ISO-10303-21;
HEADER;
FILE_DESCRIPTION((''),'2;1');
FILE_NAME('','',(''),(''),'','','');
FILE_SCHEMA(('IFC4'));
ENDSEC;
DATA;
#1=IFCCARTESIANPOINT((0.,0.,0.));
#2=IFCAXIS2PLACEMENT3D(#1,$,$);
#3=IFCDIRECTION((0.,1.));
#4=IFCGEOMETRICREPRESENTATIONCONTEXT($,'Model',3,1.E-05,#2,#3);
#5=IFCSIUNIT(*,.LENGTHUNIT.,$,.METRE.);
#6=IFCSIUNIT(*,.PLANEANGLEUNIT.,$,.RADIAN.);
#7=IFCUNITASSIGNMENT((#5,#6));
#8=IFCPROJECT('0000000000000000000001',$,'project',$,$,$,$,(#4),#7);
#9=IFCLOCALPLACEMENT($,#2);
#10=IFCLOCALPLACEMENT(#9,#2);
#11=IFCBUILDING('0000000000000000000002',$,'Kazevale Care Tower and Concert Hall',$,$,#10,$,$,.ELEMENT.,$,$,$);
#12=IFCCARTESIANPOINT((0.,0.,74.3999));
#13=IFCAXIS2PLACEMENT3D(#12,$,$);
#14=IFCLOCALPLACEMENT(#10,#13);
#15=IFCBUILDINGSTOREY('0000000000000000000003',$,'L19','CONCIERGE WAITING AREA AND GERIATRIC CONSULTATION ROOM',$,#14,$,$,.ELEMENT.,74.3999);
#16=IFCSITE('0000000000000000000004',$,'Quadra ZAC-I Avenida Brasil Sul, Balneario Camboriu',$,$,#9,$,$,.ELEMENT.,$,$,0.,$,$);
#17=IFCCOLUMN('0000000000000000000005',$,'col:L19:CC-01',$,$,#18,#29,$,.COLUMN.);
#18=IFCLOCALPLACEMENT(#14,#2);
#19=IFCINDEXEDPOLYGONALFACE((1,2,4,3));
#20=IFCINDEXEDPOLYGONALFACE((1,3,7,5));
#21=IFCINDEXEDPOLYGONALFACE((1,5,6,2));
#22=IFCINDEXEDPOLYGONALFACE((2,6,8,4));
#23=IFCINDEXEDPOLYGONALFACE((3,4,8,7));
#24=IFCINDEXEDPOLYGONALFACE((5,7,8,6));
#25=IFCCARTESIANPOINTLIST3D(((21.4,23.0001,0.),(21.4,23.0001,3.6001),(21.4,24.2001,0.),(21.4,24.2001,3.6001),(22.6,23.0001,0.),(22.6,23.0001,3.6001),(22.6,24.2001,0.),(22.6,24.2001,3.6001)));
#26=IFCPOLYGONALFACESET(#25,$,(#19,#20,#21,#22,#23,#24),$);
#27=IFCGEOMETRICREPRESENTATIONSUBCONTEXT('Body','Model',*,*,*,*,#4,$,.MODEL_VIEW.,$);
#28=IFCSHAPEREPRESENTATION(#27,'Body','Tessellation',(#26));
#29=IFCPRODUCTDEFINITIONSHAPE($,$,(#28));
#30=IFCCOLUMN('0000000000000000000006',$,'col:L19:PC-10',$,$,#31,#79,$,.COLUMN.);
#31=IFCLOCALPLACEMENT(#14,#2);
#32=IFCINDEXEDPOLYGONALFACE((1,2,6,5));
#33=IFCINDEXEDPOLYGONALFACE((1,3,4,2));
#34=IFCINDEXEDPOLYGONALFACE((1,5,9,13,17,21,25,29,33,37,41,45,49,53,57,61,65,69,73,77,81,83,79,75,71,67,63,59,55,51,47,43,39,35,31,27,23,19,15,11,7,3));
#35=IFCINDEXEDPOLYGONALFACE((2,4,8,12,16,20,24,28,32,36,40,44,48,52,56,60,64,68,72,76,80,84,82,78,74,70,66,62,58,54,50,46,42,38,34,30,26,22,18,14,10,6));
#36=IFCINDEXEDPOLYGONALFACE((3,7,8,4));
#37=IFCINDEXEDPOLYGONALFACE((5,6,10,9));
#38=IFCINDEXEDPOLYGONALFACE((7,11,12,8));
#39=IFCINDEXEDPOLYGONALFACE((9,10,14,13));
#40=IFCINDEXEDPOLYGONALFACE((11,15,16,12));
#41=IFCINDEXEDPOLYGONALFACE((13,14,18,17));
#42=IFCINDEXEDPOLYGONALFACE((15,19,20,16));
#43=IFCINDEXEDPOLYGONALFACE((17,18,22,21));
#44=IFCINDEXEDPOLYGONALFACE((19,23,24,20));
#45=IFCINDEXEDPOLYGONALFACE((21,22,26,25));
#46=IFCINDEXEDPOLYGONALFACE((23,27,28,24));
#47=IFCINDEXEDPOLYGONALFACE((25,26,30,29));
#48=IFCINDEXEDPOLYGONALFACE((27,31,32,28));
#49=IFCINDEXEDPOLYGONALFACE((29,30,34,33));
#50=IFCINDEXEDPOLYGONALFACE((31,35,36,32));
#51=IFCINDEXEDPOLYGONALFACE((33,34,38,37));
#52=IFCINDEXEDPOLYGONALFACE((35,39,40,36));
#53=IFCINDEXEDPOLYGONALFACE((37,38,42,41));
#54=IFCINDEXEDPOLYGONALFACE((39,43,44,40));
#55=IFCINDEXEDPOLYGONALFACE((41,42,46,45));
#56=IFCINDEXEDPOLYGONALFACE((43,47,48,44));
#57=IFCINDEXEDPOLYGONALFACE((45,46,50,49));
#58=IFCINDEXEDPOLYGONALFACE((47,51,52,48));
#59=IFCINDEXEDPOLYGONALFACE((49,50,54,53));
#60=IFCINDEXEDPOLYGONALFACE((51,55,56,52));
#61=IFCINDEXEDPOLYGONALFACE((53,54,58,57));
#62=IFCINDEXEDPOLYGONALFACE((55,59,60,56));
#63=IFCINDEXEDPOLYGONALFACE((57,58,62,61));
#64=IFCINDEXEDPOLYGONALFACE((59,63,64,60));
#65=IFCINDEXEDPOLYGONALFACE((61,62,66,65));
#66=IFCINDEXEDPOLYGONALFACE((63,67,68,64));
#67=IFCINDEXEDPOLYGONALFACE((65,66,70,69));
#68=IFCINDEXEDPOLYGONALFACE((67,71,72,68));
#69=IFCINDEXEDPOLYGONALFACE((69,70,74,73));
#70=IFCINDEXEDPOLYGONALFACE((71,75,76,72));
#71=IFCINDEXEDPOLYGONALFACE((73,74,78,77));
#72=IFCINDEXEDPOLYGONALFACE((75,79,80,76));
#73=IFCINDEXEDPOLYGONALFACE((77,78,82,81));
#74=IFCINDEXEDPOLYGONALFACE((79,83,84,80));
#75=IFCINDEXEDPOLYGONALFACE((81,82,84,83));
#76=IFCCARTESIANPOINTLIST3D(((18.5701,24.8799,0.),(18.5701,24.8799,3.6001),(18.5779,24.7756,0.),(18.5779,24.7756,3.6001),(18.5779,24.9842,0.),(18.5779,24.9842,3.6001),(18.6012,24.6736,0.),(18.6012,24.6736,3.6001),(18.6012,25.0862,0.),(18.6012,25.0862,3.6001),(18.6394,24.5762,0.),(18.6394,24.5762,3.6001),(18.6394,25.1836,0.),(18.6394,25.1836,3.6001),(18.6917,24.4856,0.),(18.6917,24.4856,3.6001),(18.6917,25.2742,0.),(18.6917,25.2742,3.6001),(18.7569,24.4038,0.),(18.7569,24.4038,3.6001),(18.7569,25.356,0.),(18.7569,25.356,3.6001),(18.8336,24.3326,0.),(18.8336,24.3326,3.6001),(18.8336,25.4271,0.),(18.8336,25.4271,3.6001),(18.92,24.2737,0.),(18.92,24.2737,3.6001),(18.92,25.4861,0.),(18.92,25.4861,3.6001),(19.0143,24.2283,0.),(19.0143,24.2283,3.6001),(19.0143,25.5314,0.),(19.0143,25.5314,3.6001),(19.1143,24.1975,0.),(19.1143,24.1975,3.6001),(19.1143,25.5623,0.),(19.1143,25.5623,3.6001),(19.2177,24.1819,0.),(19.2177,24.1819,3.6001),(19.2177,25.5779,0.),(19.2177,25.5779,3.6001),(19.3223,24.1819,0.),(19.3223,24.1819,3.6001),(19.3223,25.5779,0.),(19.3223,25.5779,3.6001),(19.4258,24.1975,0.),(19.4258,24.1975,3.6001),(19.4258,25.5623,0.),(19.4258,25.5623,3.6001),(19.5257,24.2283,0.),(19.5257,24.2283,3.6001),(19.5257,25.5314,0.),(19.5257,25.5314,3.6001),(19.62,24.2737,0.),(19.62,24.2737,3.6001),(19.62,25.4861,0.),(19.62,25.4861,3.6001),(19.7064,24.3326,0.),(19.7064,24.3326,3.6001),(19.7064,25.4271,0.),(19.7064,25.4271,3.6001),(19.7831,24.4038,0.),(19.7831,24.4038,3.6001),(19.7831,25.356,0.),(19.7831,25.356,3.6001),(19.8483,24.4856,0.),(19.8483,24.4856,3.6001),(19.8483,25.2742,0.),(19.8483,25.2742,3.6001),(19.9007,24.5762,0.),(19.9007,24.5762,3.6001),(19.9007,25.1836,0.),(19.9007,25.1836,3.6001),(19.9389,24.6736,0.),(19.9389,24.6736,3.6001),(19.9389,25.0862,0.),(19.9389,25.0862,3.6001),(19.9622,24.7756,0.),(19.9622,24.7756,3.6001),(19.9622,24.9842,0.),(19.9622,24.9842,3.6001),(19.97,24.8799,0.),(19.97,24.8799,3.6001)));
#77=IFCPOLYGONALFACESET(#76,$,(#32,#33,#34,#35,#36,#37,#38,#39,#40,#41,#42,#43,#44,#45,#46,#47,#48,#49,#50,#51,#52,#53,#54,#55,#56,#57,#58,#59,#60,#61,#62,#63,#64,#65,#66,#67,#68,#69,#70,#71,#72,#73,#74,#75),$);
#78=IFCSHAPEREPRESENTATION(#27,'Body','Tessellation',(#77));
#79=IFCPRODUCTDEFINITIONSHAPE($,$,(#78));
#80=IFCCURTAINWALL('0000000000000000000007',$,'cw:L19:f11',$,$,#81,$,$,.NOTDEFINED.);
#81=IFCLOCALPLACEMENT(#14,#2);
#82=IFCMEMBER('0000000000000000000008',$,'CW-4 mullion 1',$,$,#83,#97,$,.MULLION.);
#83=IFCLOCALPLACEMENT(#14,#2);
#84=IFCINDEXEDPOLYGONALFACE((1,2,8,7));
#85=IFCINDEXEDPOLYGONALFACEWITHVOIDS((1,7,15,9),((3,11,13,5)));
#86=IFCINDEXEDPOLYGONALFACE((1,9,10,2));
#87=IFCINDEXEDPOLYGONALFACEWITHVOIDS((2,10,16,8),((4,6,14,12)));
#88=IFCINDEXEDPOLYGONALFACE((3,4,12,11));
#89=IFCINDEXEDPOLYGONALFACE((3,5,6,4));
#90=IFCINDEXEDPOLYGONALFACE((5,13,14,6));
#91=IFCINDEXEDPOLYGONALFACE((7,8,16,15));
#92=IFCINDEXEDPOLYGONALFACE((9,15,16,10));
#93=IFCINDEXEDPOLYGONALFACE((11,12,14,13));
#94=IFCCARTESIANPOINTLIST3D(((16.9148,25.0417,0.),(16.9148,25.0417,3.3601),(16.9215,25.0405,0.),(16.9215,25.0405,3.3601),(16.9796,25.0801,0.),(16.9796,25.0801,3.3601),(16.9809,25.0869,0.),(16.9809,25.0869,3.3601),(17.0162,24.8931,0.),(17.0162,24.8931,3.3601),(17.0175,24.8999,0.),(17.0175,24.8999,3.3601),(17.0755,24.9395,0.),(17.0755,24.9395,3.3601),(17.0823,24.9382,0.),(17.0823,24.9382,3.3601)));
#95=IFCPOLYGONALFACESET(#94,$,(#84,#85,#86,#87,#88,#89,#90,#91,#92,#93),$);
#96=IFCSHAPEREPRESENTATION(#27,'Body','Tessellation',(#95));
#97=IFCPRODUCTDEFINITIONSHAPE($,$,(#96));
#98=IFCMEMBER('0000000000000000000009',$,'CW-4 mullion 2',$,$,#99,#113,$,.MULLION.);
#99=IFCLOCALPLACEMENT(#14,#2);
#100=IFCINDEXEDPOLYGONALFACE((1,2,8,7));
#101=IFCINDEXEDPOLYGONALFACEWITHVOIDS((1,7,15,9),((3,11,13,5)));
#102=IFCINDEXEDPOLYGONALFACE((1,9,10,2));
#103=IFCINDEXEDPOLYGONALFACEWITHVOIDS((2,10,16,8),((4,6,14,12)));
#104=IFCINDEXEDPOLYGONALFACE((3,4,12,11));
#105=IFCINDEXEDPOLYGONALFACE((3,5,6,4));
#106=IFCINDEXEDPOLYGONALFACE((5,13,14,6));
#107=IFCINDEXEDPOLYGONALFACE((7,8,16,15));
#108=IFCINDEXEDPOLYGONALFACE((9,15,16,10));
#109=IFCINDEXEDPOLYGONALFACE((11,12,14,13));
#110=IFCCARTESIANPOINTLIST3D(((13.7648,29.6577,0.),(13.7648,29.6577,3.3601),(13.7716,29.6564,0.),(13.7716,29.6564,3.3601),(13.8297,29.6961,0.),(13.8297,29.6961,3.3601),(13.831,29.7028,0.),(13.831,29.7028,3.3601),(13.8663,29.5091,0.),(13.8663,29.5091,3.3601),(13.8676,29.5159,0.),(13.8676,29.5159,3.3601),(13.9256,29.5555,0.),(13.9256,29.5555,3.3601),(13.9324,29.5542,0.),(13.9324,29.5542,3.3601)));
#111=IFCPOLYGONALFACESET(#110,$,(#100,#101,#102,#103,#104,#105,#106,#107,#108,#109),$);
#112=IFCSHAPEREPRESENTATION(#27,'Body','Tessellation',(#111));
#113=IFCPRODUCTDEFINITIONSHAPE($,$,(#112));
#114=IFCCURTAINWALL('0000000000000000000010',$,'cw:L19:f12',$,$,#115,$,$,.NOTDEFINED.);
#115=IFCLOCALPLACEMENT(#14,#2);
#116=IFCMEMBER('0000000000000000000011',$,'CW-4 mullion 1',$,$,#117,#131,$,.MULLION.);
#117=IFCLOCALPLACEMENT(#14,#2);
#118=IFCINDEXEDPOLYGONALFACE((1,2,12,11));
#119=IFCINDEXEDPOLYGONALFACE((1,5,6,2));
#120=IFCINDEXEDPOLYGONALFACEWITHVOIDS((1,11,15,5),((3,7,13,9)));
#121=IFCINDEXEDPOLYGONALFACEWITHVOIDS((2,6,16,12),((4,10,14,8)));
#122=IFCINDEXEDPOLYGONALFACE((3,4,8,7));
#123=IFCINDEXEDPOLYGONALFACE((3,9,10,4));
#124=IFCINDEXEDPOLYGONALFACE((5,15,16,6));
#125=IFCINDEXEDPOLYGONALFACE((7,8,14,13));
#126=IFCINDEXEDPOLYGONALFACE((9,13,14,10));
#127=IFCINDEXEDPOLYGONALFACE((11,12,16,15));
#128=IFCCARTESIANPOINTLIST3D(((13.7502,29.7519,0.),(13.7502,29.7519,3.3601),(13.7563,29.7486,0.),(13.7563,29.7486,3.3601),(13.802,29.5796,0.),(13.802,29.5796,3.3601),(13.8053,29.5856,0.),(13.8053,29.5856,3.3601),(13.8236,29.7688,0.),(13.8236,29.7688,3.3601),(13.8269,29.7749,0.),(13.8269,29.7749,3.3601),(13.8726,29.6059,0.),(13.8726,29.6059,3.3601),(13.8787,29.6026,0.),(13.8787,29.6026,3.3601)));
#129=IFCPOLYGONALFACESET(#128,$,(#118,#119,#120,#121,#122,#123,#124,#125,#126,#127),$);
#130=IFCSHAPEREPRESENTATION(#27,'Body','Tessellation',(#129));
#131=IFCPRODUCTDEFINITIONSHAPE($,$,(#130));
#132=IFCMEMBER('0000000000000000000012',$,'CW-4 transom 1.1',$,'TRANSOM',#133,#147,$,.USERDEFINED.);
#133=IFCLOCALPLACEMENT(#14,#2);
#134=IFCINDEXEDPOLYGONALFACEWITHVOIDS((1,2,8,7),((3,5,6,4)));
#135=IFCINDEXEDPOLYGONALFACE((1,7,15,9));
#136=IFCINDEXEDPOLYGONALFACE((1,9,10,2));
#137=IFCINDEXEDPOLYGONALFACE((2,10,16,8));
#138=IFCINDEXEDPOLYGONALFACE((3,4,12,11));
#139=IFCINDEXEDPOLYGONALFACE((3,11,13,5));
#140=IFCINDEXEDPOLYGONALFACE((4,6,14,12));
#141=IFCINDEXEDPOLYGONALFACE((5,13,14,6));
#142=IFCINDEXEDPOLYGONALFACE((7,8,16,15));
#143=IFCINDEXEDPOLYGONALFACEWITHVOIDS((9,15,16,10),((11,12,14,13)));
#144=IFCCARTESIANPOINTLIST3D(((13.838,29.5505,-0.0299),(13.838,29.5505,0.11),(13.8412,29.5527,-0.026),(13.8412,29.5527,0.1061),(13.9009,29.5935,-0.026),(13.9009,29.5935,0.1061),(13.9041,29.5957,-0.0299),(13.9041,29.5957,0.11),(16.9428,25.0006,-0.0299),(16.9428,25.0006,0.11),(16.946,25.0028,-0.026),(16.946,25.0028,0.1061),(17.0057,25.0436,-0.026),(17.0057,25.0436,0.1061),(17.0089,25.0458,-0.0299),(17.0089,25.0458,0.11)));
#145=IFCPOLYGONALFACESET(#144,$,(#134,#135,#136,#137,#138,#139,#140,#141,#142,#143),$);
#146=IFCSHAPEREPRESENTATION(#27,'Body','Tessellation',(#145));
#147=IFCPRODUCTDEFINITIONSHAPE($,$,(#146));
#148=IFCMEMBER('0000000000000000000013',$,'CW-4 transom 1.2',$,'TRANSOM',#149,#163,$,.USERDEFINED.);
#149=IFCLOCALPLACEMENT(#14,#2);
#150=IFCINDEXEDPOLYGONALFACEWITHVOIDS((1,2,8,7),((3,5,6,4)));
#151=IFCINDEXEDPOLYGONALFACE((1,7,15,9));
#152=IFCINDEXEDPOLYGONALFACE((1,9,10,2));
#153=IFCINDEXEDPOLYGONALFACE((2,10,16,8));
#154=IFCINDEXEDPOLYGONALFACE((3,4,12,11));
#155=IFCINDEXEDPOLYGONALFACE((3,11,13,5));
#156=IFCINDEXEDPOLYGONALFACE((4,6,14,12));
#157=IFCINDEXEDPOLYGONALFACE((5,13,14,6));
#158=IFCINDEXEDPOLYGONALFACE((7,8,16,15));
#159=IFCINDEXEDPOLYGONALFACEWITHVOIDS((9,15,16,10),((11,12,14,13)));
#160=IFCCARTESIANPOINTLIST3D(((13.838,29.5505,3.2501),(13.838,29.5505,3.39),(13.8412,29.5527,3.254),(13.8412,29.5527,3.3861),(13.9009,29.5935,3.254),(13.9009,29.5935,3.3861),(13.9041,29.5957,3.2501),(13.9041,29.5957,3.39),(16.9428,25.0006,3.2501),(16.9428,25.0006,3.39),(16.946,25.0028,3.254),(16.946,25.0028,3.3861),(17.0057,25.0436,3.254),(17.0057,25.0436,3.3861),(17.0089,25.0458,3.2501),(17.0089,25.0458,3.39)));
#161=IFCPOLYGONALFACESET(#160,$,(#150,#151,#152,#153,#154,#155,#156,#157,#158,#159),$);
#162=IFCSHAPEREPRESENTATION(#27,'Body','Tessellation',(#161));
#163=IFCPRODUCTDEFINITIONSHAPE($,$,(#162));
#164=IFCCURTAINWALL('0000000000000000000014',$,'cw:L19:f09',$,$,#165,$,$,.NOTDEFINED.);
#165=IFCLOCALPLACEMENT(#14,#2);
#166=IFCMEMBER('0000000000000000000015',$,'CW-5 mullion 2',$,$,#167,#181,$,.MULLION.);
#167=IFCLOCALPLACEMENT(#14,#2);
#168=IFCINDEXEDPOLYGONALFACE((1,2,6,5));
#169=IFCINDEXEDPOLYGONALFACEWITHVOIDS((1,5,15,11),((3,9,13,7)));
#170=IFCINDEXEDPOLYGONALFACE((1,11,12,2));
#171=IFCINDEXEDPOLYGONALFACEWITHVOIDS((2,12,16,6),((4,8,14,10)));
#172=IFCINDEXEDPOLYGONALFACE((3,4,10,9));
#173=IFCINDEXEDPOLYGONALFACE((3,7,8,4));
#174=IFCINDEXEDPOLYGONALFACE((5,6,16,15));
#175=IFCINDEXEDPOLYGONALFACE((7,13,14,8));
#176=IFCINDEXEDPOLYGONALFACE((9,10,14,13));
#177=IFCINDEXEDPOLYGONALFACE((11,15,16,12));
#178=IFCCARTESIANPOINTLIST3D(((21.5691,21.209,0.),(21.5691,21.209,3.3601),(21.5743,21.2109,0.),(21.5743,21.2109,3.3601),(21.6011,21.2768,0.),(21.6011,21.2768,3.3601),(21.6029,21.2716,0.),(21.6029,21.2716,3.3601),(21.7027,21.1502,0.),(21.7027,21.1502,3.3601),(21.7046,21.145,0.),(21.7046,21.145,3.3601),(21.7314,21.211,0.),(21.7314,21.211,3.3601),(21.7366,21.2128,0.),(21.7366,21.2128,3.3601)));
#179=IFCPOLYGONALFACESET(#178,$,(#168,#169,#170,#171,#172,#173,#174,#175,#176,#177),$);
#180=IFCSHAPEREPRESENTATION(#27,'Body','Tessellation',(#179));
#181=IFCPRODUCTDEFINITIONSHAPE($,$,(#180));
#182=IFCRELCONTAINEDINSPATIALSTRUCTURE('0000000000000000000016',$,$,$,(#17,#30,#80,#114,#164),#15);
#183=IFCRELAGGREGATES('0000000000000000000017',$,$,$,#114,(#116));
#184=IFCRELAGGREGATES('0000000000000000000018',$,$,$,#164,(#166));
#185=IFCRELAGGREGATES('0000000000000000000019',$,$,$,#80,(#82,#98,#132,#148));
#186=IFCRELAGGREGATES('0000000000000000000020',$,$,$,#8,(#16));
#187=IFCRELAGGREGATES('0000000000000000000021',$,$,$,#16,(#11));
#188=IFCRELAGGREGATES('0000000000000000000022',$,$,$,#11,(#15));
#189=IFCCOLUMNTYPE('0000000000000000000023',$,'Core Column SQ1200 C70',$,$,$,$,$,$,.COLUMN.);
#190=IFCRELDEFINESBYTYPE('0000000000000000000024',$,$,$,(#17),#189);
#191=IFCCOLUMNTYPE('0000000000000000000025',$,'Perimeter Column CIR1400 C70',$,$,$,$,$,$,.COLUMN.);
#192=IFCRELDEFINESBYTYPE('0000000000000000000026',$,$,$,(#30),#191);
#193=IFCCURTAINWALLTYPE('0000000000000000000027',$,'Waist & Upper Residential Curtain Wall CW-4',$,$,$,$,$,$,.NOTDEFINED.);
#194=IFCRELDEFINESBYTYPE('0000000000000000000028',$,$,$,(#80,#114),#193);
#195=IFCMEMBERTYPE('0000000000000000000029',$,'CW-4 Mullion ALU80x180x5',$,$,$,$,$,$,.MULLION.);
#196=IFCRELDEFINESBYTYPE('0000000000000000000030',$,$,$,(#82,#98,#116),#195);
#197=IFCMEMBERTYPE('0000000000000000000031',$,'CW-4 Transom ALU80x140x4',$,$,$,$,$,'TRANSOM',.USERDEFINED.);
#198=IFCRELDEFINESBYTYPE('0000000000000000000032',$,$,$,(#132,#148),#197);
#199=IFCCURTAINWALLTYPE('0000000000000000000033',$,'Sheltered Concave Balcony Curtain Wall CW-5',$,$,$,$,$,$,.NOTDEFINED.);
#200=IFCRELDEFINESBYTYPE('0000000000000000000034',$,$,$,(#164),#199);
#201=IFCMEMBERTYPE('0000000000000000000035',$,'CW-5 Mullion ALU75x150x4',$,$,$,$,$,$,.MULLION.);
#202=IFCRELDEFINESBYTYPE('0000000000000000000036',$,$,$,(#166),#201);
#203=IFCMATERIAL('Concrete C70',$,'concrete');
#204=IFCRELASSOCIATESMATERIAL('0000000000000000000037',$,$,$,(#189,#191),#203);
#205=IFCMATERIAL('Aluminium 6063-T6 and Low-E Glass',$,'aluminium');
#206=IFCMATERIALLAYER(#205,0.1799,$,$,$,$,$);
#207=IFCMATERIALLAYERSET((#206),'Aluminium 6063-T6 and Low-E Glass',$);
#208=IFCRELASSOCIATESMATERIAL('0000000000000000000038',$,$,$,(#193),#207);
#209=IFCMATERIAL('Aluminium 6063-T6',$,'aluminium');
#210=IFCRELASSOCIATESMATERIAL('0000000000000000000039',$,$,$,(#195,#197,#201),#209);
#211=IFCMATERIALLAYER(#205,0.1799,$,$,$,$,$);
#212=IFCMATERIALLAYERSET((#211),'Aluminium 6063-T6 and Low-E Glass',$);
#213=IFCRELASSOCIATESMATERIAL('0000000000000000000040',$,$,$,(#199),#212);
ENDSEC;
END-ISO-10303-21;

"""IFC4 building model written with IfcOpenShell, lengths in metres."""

from ifc_helpers import new_model, si_unit, direction, frame, origin, origin_2d, place, context, subcontext, project, spatial, rectangle, hollow_rectangle, circle, extrude, material, layer, layer_set, material_profile, profile_set, type_object, element, aggregate, save


model = new_model("IFC4")

# Units and contexts
model_context = context("Model", 3, precision=1e-05, world=origin(), true_north=direction((0.0, 1.0)))
body_context = subcontext(model_context, "Body", "Model", "MODEL_VIEW")
ifc_project = project(units=[si_unit("LENGTHUNIT", "METRE"), si_unit("PLANEANGLEUNIT", "RADIAN")], contexts=[model_context])

# Site, building, storey
site_placement = place(None, origin())
site = spatial("IfcSite", under=ifc_project, at=site_placement, Name="Quadra ZAC-I Avenida Brasil Sul, Balneario Camboriu", CompositionType="ELEMENT", RefElevation=0.0)
building_placement = place(site_placement, origin())
building = spatial("IfcBuilding", under=site, at=building_placement, Name="Kazevale Care Tower and Concert Hall", CompositionType="ELEMENT")
storey_placement = place(building_placement, frame((0.0, 0.0, 74.3999)))
storey = spatial("IfcBuildingStorey", under=building, at=storey_placement, Name="L19", Description="CONCIERGE WAITING AREA AND GERIATRIC CONSULTATION ROOM", CompositionType="ELEMENT", Elevation=74.3999)

# Columns
ifc_material_1 = material(Name="Concrete C70", Category="concrete")
ifc_material_profile_1 = material_profile(ifc_material_1, rectangle(XDim=1.2, YDim=1.2, at=origin_2d()), Name="RC-SQ1200")
ifc_profile_set_1 = profile_set([ifc_material_profile_1], Name="Concrete C70")
column_type_1 = type_object("IfcColumnType", Name="Core Column SQ1200 C70", PredefinedType="COLUMN", material=ifc_profile_set_1)
column_1_placement = place(storey_placement, frame((22.0, 23.6001, 0.0), z_axis=(0.0, 0.0, 1.0), x_axis=(1.0, 0.0, 0.0)))
element("IfcColumn", 1, at=column_1_placement, inside=storey, type_object=column_type_1, Name="col:L19:CC-01", PredefinedType="COLUMN", context=body_context, shape_type="SweptSolid", body=[
    extrude(rectangle(XDim=1.2, YDim=1.2, at=origin_2d()), origin(), (0.0, 0.0, 1.0), 3.6001),
])
ifc_material_profile_2 = material_profile(ifc_material_1, circle(Radius=0.7, at=origin_2d()), Name="RC-CIR1400")
ifc_profile_set_2 = profile_set([ifc_material_profile_2], Name="Concrete C70")
column_type_2 = type_object("IfcColumnType", Name="Perimeter Column CIR1400 C70", PredefinedType="COLUMN", material=ifc_profile_set_2)
column_2_placement = place(storey_placement, frame((19.27, 24.8799, 0.0), z_axis=(0.0, 0.0, 1.0), x_axis=(1.0, 0.0, 0.0)))
element("IfcColumn", 2, at=column_2_placement, inside=storey, type_object=column_type_2, Name="col:L19:PC-10", PredefinedType="COLUMN", context=body_context, shape_type="SweptSolid", body=[
    extrude(circle(Radius=0.7, at=origin_2d()), origin(), (0.0, 0.0, 1.0), 3.6001),
])

# Curtain wall, members
ifc_material_2 = material(Name="Aluminium 6063-T6 and Low-E Glass", Category="aluminium")
ifc_layer_1 = layer(ifc_material_2, 0.1799)
ifc_layer_set_1 = layer_set([ifc_layer_1], Name="Aluminium 6063-T6 and Low-E Glass")
curtain_wall_type_1 = type_object("IfcCurtainWallType", Name="Waist & Upper Residential Curtain Wall CW-4", PredefinedType="NOTDEFINED", material=ifc_layer_set_1)
curtain_wall_1_placement = place(storey_placement, origin())
curtain_wall_1 = element("IfcCurtainWall", 3, at=curtain_wall_1_placement, inside=storey, type_object=curtain_wall_type_1, Name="cw:L19:f11", PredefinedType="NOTDEFINED")
ifc_material_3 = material(Name="Aluminium 6063-T6", Category="aluminium")
ifc_material_profile_3 = material_profile(ifc_material_3, hollow_rectangle(XDim=0.0801, YDim=0.1799, WallThickness=0.0049, at=origin_2d()), Name="ALU80x180x5")
ifc_profile_set_3 = profile_set([ifc_material_profile_3], Name="Aluminium 6063-T6")
member_type_1 = type_object("IfcMemberType", Name="CW-4 Mullion ALU80x180x5", PredefinedType="MULLION", material=ifc_profile_set_3)
member_1_placement = place(storey_placement, frame((16.9985, 24.99, 0.0), z_axis=(0.0, 0.0, 1.0), x_axis=(-0.826003, -0.563665, 0.0)))
member_1 = element("IfcMember", 4, at=member_1_placement, type_object=member_type_1, Name="CW-4 mullion 1", PredefinedType="MULLION", context=body_context, shape_type="SweptSolid", body=[
    extrude(hollow_rectangle(XDim=0.0801, YDim=0.1799, WallThickness=0.0049, at=origin_2d()), origin(), (0.0, 0.0, 1.0), 3.3601),
])
member_2_placement = place(storey_placement, frame((13.8486, 29.606, 0.0), z_axis=(0.0, 0.0, 1.0), x_axis=(-0.826003, -0.563665, 0.0)))
member_2 = element("IfcMember", 5, at=member_2_placement, type_object=member_type_1, Name="CW-4 mullion 2", PredefinedType="MULLION", context=body_context, shape_type="SweptSolid", body=[
    extrude(hollow_rectangle(XDim=0.0801, YDim=0.1799, WallThickness=0.0049, at=origin_2d()), origin(), (0.0, 0.0, 1.0), 3.3601),
])

# Curtain wall, member
curtain_wall_2_placement = place(storey_placement, origin())
curtain_wall_2 = element("IfcCurtainWall", 6, at=curtain_wall_2_placement, inside=storey, type_object=curtain_wall_type_1, Name="cw:L19:f12", PredefinedType="NOTDEFINED")
member_3_placement = place(storey_placement, frame((13.8145, 29.6772, 0.0), z_axis=(0.0, 0.0, 1.0), x_axis=(-0.957662, -0.287896, 0.0)))
member_3 = element("IfcMember", 7, at=member_3_placement, type_object=member_type_1, Name="CW-4 mullion 1", PredefinedType="MULLION", context=body_context, shape_type="SweptSolid", body=[
    extrude(hollow_rectangle(XDim=0.0801, YDim=0.1799, WallThickness=0.0049, at=origin_2d()), origin(), (0.0, 0.0, 1.0), 3.3601),
])
aggregate(curtain_wall_2, [member_3])

# Members
ifc_material_profile_4 = material_profile(ifc_material_3, hollow_rectangle(XDim=0.0801, YDim=0.1399, WallThickness=0.0039, at=origin_2d()), Name="ALU80x140x4")
ifc_profile_set_4 = profile_set([ifc_material_profile_4], Name="Aluminium 6063-T6")
member_type_2 = type_object("IfcMemberType", Name="CW-4 Transom ALU80x140x4", ElementType="TRANSOM", PredefinedType="USERDEFINED", material=ifc_profile_set_4)
member_4_placement = place(storey_placement, frame((16.9758, 25.0232, 0.04), z_axis=(-0.563659, 0.826008, 0.0), x_axis=(-0.826008, -0.563659, 0.0)))
member_4 = element("IfcMember", 8, at=member_4_placement, type_object=member_type_2, Name="CW-4 transom 1.1", ObjectType="TRANSOM", PredefinedType="USERDEFINED", context=body_context, shape_type="SweptSolid", body=[
    extrude(hollow_rectangle(XDim=0.0801, YDim=0.1399, WallThickness=0.0039, at=origin_2d()), origin(), (0.0, 0.0, 1.0), 5.5083),
])
member_5_placement = place(storey_placement, frame((16.9758, 25.0232, 3.3201), z_axis=(-0.563659, 0.826008, 0.0), x_axis=(-0.826008, -0.563659, 0.0)))
member_5 = element("IfcMember", 9, at=member_5_placement, type_object=member_type_2, Name="CW-4 transom 1.2", ObjectType="TRANSOM", PredefinedType="USERDEFINED", context=body_context, shape_type="SweptSolid", body=[
    extrude(hollow_rectangle(XDim=0.0801, YDim=0.1399, WallThickness=0.0039, at=origin_2d()), origin(), (0.0, 0.0, 1.0), 5.5083),
])

# Curtain wall, member
ifc_layer_2 = layer(ifc_material_2, 0.1799)
ifc_layer_set_2 = layer_set([ifc_layer_2], Name="Aluminium 6063-T6 and Low-E Glass")
curtain_wall_type_2 = type_object("IfcCurtainWallType", Name="Sheltered Concave Balcony Curtain Wall CW-5", PredefinedType="NOTDEFINED", material=ifc_layer_set_2)
curtain_wall_3_placement = place(storey_placement, origin())
curtain_wall_3 = element("IfcCurtainWall", 10, at=curtain_wall_3_placement, inside=storey, type_object=curtain_wall_type_2, Name="cw:L19:f09", PredefinedType="NOTDEFINED")
ifc_material_profile_5 = material_profile(ifc_material_3, hollow_rectangle(XDim=0.075, YDim=0.1499, WallThickness=0.0039, at=origin_2d()), Name="ALU75x150x4")
ifc_profile_set_5 = profile_set([ifc_material_profile_5], Name="Aluminium 6063-T6")
member_type_3 = type_object("IfcMemberType", Name="CW-5 Mullion ALU75x150x4", PredefinedType="MULLION", material=ifc_profile_set_5)
member_6_placement = place(storey_placement, frame((21.6528, 21.2109, 0.0), z_axis=(0.0, 0.0, 1.0), x_axis=(-0.426942, -0.904279, 0.0)))
member_6 = element("IfcMember", 11, at=member_6_placement, type_object=member_type_3, Name="CW-5 mullion 2", PredefinedType="MULLION", context=body_context, shape_type="SweptSolid", body=[
    extrude(hollow_rectangle(XDim=0.075, YDim=0.1499, WallThickness=0.0039, at=origin_2d()), origin(), (0.0, 0.0, 1.0), 3.3601),
])
aggregate(curtain_wall_3, [member_6])

aggregate(curtain_wall_1, [member_1, member_2, member_4, member_5])

save(model, "model.ifc")
